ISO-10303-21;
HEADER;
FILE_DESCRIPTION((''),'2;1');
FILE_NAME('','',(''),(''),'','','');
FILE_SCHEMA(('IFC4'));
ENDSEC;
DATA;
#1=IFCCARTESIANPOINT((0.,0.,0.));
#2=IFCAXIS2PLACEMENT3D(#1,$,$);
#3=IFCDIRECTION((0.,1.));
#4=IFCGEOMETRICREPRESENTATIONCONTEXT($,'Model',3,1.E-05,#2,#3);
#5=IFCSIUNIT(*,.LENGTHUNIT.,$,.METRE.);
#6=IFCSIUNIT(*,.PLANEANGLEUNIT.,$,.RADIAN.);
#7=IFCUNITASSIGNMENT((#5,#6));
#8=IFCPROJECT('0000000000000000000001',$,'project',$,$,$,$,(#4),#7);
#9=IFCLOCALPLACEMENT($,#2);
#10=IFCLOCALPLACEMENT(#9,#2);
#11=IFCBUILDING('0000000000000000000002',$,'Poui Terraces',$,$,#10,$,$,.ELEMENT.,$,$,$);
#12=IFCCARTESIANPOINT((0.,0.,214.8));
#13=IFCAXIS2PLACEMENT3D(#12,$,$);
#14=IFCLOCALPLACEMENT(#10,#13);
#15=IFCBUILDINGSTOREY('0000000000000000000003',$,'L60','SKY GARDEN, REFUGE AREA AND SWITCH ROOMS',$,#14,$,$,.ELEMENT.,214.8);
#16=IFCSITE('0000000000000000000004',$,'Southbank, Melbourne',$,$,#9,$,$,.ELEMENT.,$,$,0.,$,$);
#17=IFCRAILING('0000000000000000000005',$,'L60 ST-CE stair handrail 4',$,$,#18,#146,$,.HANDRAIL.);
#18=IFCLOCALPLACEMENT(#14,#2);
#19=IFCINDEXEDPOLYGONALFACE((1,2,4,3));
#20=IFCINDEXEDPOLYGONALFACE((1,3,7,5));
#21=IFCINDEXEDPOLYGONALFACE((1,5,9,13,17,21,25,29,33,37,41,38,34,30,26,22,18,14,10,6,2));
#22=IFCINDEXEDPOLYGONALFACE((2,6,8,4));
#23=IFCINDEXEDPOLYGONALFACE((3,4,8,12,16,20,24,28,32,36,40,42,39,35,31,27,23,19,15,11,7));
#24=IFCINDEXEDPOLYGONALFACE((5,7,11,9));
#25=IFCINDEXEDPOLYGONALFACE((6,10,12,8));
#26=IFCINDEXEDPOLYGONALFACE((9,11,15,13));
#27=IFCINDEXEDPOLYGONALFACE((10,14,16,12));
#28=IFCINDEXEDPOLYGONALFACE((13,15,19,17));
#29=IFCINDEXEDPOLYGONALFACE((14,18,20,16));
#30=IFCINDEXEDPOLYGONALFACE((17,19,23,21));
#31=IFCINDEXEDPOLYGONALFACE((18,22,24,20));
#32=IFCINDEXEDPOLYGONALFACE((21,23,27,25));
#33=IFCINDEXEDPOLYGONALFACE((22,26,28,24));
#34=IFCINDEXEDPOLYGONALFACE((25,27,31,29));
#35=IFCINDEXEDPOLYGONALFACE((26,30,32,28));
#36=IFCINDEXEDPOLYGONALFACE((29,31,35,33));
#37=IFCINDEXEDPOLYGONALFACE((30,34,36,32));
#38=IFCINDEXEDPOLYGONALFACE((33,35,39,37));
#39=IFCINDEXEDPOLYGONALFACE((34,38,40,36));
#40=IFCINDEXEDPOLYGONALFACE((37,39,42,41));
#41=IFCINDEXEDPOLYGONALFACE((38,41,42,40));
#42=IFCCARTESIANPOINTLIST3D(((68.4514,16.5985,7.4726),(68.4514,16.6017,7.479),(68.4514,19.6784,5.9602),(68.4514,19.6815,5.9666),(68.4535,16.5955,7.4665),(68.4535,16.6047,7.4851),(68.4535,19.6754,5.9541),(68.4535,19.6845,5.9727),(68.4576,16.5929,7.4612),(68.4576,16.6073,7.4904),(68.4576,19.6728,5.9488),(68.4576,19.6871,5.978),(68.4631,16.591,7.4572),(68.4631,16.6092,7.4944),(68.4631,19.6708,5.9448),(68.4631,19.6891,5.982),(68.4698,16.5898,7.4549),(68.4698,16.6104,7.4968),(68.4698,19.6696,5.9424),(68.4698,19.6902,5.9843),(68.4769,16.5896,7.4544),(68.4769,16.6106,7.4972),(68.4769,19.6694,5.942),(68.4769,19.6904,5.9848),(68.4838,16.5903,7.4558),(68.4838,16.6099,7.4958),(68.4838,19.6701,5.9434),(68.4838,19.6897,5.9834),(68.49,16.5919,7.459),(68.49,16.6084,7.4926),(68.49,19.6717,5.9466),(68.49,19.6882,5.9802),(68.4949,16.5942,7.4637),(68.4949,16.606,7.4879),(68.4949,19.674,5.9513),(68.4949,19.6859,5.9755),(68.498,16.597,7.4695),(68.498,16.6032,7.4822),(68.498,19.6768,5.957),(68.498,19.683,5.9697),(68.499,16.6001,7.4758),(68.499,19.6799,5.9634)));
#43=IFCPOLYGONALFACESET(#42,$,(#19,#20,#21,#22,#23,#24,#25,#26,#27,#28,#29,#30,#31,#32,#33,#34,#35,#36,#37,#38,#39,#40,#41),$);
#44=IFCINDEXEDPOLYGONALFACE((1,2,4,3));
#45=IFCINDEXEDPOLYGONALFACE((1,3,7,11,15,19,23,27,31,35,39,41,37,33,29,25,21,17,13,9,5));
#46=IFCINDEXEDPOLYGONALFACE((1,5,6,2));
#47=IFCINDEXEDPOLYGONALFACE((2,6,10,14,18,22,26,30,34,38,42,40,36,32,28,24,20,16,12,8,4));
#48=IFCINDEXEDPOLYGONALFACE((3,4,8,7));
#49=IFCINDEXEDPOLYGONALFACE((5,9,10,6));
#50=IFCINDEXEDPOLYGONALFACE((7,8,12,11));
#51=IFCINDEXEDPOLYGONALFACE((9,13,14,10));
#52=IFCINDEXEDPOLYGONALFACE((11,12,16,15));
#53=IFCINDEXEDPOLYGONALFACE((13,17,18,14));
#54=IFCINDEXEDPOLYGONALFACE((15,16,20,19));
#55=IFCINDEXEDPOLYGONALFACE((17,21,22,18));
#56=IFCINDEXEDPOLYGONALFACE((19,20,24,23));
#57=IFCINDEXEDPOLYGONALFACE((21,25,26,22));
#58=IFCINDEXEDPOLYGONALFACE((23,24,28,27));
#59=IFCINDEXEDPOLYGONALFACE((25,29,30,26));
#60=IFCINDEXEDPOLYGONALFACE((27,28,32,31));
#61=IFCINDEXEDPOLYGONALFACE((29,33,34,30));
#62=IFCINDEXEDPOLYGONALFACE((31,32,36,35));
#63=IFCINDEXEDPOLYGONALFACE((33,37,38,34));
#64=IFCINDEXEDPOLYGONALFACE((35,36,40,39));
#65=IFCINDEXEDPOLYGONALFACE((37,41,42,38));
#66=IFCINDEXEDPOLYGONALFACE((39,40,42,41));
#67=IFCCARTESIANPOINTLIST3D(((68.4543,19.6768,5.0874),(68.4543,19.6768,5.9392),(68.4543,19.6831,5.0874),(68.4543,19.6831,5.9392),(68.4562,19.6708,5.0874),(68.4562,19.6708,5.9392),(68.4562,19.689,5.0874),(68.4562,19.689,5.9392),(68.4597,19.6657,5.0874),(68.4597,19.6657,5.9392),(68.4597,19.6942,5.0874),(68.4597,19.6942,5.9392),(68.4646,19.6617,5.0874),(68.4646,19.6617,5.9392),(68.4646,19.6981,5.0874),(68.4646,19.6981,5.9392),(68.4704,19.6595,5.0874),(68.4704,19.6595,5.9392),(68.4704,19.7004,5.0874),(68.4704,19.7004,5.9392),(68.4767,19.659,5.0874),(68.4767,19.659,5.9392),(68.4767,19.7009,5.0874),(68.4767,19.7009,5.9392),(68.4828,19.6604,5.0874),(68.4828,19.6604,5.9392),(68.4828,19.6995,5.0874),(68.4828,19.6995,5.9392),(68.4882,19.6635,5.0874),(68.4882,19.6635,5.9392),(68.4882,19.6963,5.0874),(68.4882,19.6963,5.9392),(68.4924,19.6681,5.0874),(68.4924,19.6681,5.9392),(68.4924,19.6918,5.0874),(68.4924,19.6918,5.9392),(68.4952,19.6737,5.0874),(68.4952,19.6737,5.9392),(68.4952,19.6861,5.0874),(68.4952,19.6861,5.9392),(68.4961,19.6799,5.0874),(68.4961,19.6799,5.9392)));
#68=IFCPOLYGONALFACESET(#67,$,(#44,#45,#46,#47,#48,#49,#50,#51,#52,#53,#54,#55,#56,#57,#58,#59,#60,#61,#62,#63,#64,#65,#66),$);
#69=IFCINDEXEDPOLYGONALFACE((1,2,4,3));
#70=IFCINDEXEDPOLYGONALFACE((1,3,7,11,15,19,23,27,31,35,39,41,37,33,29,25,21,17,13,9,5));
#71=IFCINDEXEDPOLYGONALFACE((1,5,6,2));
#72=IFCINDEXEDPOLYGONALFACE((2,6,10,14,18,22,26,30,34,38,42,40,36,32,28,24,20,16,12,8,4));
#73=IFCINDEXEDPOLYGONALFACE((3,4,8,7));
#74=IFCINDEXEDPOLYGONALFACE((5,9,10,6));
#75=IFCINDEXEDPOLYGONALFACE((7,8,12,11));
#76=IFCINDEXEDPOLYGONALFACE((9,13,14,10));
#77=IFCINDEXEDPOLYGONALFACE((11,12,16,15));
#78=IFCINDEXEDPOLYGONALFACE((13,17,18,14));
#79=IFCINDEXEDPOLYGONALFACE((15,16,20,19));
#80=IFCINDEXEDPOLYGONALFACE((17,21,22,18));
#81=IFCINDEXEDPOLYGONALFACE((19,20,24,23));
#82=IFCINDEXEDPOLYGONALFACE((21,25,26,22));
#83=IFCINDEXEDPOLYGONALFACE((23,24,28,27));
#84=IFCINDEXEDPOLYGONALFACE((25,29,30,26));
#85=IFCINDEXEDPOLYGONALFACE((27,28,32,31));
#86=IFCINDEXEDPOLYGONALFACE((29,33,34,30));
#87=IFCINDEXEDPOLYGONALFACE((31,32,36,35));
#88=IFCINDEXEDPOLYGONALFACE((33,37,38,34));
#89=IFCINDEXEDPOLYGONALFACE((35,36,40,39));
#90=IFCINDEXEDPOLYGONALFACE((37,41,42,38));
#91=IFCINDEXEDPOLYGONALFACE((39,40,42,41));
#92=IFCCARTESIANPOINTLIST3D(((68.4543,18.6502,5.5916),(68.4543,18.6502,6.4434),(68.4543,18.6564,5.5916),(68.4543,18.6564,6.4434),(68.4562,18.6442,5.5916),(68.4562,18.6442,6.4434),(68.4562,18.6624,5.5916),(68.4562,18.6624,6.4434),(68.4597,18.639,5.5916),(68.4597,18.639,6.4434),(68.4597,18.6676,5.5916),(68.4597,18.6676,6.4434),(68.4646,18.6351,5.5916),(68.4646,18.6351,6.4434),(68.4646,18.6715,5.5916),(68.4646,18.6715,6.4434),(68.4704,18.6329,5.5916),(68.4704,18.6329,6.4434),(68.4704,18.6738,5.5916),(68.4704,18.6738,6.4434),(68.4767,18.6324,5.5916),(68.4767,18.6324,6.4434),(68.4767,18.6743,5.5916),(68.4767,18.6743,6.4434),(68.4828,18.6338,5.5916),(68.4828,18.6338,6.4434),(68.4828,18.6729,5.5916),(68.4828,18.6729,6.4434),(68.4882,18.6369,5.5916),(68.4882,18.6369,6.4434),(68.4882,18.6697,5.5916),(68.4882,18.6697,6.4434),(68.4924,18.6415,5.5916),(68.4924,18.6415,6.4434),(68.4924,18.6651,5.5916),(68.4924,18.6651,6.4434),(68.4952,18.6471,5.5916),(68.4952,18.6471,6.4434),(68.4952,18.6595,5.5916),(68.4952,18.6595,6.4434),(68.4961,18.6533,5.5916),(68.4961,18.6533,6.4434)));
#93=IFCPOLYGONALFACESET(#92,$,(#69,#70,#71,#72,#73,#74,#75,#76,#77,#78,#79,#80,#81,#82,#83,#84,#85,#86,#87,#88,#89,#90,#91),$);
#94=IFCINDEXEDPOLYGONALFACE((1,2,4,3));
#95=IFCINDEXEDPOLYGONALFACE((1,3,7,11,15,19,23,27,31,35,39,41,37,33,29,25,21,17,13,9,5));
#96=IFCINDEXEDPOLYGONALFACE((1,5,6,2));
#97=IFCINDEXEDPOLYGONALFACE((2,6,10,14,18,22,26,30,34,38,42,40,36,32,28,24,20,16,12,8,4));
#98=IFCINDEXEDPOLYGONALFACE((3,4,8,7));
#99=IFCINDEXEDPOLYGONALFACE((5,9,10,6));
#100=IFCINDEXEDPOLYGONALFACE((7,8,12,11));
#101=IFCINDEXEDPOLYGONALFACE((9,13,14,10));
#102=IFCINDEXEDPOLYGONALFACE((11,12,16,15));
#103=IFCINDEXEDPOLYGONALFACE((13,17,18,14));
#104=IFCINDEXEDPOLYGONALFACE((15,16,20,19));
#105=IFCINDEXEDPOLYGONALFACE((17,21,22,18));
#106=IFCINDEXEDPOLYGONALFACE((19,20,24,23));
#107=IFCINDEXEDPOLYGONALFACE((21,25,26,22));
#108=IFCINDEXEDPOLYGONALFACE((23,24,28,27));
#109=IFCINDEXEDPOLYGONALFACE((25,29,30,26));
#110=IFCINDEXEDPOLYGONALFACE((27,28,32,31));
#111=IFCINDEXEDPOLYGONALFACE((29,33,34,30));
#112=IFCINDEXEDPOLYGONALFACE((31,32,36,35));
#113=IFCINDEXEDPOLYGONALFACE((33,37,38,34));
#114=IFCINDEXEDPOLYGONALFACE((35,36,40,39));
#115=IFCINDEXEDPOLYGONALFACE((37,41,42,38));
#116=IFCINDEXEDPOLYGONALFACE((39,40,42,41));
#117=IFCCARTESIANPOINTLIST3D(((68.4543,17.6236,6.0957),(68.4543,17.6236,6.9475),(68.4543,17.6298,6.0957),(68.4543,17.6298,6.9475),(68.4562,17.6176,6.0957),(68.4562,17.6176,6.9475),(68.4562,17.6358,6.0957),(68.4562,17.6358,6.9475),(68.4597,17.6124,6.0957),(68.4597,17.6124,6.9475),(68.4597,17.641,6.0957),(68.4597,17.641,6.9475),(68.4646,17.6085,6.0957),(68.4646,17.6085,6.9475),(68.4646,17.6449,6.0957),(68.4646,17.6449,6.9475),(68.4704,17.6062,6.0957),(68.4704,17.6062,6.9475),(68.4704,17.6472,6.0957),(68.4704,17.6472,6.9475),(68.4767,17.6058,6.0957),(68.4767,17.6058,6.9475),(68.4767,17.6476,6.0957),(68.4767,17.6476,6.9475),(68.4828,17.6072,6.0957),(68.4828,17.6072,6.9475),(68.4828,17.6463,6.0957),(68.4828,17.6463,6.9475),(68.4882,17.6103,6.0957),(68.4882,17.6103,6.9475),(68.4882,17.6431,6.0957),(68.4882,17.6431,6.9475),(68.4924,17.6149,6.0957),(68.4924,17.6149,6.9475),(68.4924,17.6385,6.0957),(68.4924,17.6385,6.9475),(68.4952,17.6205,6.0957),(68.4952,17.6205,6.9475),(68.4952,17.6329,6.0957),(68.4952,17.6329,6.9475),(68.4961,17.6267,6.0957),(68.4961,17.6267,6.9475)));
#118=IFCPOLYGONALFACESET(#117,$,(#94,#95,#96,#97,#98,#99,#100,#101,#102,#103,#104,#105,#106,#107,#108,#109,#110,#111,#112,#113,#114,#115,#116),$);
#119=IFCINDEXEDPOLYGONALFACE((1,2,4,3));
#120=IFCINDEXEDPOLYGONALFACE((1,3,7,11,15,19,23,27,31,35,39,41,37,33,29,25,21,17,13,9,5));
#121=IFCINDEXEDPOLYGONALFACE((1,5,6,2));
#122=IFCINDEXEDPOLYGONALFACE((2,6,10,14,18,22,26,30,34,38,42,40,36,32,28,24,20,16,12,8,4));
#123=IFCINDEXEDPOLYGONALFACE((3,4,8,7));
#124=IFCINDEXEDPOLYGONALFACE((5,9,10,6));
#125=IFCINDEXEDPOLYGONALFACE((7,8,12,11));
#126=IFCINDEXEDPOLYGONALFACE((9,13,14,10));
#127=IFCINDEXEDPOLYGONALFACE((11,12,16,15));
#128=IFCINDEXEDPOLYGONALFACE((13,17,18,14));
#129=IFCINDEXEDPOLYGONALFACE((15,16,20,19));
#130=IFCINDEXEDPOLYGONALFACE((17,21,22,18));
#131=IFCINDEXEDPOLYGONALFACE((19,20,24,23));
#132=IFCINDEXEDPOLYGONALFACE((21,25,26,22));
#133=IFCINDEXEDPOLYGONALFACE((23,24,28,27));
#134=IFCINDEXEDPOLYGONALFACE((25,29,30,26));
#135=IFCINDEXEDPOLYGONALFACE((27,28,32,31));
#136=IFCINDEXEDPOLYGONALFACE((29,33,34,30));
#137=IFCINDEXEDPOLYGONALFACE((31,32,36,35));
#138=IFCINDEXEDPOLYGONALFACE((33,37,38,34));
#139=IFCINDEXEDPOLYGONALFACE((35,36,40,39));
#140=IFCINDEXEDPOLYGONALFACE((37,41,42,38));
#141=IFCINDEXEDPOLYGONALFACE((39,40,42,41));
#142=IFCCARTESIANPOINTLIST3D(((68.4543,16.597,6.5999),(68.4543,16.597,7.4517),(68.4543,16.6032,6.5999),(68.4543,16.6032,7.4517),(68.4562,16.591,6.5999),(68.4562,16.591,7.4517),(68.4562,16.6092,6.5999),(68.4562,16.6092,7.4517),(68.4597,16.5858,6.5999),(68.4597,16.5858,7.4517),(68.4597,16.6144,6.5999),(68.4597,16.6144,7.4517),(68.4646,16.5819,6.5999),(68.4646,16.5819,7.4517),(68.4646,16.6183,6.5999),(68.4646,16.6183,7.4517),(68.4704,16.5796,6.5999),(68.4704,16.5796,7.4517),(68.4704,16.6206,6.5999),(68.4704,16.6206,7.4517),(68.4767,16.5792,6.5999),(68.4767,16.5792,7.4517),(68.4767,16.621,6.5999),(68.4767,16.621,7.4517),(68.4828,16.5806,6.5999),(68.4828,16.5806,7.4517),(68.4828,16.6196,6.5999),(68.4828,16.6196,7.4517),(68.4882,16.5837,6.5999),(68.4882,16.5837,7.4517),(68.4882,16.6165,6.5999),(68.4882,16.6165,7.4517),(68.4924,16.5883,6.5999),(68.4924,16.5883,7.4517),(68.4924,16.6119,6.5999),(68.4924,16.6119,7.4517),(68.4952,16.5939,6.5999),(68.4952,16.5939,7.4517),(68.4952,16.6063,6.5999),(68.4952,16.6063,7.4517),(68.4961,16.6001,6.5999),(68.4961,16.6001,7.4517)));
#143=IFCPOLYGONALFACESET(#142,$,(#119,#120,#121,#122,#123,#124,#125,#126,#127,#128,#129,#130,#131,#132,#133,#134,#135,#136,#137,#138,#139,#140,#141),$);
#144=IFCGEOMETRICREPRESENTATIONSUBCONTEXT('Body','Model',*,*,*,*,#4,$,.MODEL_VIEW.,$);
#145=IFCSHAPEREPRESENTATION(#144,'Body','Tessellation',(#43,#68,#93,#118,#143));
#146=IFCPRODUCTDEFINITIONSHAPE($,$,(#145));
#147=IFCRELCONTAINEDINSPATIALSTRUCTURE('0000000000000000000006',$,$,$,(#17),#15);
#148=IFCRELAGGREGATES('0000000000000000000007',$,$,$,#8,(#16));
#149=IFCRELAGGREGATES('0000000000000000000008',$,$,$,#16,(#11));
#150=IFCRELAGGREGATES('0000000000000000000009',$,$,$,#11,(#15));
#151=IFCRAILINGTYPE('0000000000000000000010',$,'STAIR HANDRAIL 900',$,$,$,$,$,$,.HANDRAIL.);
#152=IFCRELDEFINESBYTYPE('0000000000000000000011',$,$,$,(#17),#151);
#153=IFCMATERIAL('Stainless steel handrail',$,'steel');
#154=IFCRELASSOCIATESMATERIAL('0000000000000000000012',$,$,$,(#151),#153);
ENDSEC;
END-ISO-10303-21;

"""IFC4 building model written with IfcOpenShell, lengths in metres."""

from ifc_helpers import new_model, si_unit, direction, frame, origin, origin_2d, place, context, subcontext, project, spatial, circle, extrude, material, type_object, element, save


model = new_model("IFC4")

# Units and contexts
model_context = context("Model", 3, precision=1e-05, world=origin(), true_north=direction((0.0, 1.0)))
body_context = subcontext(model_context, "Body", "Model", "MODEL_VIEW")
ifc_project = project(units=[si_unit("LENGTHUNIT", "METRE"), si_unit("PLANEANGLEUNIT", "RADIAN")], contexts=[model_context])

# Site, building, storey
site_placement = place(None, origin())
site = spatial("IfcSite", under=ifc_project, at=site_placement, Name="Southbank, Melbourne", CompositionType="ELEMENT", RefElevation=0.0)
building_placement = place(site_placement, origin())
building = spatial("IfcBuilding", under=site, at=building_placement, Name="Poui Terraces", CompositionType="ELEMENT")
storey_placement = place(building_placement, frame((0.0, 0.0, 214.8)))
storey = spatial("IfcBuildingStorey", under=building, at=storey_placement, Name="L60", Description="SKY GARDEN, REFUGE AREA AND SWITCH ROOMS", CompositionType="ELEMENT", Elevation=214.8)

# Railing
ifc_material_1 = material(Name="Stainless steel handrail", Category="steel")
railing_type_1 = type_object("IfcRailingType", Name="STAIR HANDRAIL 900", PredefinedType="HANDRAIL", material=ifc_material_1)
railing_1_placement = place(storey_placement, frame((68.4751, 19.6799, 5.0874)))
element("IfcRailing", 1, at=railing_1_placement, inside=storey, type_object=railing_type_1, Name="L60 ST-CE stair handrail 4", PredefinedType="HANDRAIL", context=body_context, shape_type="SweptSolid", body=[
    extrude(circle(Radius=0.0239, at=origin_2d()), frame((0.0, 0.0, 0.876), z_axis=(0.0, -0.897606, 0.440798), x_axis=(1.0, 0.0, 0.0)), (0.0, 0.0, 1.0), 3.4312),
    extrude(circle(Radius=0.021, at=origin_2d()), origin(), (0.0, 0.0, 1.0), 0.8518),
    extrude(circle(Radius=0.021, at=origin_2d()), frame((0.0, -1.0266, 0.5042)), (0.0, 0.0, 1.0), 0.8518),
    extrude(circle(Radius=0.021, at=origin_2d()), frame((0.0, -2.0532, 1.0083)), (0.0, 0.0, 1.0), 0.8518),
    extrude(circle(Radius=0.021, at=origin_2d()), frame((0.0, -3.0798, 1.5125)), (0.0, 0.0, 1.0), 0.8518),
])

save(model, "model.ifc")
